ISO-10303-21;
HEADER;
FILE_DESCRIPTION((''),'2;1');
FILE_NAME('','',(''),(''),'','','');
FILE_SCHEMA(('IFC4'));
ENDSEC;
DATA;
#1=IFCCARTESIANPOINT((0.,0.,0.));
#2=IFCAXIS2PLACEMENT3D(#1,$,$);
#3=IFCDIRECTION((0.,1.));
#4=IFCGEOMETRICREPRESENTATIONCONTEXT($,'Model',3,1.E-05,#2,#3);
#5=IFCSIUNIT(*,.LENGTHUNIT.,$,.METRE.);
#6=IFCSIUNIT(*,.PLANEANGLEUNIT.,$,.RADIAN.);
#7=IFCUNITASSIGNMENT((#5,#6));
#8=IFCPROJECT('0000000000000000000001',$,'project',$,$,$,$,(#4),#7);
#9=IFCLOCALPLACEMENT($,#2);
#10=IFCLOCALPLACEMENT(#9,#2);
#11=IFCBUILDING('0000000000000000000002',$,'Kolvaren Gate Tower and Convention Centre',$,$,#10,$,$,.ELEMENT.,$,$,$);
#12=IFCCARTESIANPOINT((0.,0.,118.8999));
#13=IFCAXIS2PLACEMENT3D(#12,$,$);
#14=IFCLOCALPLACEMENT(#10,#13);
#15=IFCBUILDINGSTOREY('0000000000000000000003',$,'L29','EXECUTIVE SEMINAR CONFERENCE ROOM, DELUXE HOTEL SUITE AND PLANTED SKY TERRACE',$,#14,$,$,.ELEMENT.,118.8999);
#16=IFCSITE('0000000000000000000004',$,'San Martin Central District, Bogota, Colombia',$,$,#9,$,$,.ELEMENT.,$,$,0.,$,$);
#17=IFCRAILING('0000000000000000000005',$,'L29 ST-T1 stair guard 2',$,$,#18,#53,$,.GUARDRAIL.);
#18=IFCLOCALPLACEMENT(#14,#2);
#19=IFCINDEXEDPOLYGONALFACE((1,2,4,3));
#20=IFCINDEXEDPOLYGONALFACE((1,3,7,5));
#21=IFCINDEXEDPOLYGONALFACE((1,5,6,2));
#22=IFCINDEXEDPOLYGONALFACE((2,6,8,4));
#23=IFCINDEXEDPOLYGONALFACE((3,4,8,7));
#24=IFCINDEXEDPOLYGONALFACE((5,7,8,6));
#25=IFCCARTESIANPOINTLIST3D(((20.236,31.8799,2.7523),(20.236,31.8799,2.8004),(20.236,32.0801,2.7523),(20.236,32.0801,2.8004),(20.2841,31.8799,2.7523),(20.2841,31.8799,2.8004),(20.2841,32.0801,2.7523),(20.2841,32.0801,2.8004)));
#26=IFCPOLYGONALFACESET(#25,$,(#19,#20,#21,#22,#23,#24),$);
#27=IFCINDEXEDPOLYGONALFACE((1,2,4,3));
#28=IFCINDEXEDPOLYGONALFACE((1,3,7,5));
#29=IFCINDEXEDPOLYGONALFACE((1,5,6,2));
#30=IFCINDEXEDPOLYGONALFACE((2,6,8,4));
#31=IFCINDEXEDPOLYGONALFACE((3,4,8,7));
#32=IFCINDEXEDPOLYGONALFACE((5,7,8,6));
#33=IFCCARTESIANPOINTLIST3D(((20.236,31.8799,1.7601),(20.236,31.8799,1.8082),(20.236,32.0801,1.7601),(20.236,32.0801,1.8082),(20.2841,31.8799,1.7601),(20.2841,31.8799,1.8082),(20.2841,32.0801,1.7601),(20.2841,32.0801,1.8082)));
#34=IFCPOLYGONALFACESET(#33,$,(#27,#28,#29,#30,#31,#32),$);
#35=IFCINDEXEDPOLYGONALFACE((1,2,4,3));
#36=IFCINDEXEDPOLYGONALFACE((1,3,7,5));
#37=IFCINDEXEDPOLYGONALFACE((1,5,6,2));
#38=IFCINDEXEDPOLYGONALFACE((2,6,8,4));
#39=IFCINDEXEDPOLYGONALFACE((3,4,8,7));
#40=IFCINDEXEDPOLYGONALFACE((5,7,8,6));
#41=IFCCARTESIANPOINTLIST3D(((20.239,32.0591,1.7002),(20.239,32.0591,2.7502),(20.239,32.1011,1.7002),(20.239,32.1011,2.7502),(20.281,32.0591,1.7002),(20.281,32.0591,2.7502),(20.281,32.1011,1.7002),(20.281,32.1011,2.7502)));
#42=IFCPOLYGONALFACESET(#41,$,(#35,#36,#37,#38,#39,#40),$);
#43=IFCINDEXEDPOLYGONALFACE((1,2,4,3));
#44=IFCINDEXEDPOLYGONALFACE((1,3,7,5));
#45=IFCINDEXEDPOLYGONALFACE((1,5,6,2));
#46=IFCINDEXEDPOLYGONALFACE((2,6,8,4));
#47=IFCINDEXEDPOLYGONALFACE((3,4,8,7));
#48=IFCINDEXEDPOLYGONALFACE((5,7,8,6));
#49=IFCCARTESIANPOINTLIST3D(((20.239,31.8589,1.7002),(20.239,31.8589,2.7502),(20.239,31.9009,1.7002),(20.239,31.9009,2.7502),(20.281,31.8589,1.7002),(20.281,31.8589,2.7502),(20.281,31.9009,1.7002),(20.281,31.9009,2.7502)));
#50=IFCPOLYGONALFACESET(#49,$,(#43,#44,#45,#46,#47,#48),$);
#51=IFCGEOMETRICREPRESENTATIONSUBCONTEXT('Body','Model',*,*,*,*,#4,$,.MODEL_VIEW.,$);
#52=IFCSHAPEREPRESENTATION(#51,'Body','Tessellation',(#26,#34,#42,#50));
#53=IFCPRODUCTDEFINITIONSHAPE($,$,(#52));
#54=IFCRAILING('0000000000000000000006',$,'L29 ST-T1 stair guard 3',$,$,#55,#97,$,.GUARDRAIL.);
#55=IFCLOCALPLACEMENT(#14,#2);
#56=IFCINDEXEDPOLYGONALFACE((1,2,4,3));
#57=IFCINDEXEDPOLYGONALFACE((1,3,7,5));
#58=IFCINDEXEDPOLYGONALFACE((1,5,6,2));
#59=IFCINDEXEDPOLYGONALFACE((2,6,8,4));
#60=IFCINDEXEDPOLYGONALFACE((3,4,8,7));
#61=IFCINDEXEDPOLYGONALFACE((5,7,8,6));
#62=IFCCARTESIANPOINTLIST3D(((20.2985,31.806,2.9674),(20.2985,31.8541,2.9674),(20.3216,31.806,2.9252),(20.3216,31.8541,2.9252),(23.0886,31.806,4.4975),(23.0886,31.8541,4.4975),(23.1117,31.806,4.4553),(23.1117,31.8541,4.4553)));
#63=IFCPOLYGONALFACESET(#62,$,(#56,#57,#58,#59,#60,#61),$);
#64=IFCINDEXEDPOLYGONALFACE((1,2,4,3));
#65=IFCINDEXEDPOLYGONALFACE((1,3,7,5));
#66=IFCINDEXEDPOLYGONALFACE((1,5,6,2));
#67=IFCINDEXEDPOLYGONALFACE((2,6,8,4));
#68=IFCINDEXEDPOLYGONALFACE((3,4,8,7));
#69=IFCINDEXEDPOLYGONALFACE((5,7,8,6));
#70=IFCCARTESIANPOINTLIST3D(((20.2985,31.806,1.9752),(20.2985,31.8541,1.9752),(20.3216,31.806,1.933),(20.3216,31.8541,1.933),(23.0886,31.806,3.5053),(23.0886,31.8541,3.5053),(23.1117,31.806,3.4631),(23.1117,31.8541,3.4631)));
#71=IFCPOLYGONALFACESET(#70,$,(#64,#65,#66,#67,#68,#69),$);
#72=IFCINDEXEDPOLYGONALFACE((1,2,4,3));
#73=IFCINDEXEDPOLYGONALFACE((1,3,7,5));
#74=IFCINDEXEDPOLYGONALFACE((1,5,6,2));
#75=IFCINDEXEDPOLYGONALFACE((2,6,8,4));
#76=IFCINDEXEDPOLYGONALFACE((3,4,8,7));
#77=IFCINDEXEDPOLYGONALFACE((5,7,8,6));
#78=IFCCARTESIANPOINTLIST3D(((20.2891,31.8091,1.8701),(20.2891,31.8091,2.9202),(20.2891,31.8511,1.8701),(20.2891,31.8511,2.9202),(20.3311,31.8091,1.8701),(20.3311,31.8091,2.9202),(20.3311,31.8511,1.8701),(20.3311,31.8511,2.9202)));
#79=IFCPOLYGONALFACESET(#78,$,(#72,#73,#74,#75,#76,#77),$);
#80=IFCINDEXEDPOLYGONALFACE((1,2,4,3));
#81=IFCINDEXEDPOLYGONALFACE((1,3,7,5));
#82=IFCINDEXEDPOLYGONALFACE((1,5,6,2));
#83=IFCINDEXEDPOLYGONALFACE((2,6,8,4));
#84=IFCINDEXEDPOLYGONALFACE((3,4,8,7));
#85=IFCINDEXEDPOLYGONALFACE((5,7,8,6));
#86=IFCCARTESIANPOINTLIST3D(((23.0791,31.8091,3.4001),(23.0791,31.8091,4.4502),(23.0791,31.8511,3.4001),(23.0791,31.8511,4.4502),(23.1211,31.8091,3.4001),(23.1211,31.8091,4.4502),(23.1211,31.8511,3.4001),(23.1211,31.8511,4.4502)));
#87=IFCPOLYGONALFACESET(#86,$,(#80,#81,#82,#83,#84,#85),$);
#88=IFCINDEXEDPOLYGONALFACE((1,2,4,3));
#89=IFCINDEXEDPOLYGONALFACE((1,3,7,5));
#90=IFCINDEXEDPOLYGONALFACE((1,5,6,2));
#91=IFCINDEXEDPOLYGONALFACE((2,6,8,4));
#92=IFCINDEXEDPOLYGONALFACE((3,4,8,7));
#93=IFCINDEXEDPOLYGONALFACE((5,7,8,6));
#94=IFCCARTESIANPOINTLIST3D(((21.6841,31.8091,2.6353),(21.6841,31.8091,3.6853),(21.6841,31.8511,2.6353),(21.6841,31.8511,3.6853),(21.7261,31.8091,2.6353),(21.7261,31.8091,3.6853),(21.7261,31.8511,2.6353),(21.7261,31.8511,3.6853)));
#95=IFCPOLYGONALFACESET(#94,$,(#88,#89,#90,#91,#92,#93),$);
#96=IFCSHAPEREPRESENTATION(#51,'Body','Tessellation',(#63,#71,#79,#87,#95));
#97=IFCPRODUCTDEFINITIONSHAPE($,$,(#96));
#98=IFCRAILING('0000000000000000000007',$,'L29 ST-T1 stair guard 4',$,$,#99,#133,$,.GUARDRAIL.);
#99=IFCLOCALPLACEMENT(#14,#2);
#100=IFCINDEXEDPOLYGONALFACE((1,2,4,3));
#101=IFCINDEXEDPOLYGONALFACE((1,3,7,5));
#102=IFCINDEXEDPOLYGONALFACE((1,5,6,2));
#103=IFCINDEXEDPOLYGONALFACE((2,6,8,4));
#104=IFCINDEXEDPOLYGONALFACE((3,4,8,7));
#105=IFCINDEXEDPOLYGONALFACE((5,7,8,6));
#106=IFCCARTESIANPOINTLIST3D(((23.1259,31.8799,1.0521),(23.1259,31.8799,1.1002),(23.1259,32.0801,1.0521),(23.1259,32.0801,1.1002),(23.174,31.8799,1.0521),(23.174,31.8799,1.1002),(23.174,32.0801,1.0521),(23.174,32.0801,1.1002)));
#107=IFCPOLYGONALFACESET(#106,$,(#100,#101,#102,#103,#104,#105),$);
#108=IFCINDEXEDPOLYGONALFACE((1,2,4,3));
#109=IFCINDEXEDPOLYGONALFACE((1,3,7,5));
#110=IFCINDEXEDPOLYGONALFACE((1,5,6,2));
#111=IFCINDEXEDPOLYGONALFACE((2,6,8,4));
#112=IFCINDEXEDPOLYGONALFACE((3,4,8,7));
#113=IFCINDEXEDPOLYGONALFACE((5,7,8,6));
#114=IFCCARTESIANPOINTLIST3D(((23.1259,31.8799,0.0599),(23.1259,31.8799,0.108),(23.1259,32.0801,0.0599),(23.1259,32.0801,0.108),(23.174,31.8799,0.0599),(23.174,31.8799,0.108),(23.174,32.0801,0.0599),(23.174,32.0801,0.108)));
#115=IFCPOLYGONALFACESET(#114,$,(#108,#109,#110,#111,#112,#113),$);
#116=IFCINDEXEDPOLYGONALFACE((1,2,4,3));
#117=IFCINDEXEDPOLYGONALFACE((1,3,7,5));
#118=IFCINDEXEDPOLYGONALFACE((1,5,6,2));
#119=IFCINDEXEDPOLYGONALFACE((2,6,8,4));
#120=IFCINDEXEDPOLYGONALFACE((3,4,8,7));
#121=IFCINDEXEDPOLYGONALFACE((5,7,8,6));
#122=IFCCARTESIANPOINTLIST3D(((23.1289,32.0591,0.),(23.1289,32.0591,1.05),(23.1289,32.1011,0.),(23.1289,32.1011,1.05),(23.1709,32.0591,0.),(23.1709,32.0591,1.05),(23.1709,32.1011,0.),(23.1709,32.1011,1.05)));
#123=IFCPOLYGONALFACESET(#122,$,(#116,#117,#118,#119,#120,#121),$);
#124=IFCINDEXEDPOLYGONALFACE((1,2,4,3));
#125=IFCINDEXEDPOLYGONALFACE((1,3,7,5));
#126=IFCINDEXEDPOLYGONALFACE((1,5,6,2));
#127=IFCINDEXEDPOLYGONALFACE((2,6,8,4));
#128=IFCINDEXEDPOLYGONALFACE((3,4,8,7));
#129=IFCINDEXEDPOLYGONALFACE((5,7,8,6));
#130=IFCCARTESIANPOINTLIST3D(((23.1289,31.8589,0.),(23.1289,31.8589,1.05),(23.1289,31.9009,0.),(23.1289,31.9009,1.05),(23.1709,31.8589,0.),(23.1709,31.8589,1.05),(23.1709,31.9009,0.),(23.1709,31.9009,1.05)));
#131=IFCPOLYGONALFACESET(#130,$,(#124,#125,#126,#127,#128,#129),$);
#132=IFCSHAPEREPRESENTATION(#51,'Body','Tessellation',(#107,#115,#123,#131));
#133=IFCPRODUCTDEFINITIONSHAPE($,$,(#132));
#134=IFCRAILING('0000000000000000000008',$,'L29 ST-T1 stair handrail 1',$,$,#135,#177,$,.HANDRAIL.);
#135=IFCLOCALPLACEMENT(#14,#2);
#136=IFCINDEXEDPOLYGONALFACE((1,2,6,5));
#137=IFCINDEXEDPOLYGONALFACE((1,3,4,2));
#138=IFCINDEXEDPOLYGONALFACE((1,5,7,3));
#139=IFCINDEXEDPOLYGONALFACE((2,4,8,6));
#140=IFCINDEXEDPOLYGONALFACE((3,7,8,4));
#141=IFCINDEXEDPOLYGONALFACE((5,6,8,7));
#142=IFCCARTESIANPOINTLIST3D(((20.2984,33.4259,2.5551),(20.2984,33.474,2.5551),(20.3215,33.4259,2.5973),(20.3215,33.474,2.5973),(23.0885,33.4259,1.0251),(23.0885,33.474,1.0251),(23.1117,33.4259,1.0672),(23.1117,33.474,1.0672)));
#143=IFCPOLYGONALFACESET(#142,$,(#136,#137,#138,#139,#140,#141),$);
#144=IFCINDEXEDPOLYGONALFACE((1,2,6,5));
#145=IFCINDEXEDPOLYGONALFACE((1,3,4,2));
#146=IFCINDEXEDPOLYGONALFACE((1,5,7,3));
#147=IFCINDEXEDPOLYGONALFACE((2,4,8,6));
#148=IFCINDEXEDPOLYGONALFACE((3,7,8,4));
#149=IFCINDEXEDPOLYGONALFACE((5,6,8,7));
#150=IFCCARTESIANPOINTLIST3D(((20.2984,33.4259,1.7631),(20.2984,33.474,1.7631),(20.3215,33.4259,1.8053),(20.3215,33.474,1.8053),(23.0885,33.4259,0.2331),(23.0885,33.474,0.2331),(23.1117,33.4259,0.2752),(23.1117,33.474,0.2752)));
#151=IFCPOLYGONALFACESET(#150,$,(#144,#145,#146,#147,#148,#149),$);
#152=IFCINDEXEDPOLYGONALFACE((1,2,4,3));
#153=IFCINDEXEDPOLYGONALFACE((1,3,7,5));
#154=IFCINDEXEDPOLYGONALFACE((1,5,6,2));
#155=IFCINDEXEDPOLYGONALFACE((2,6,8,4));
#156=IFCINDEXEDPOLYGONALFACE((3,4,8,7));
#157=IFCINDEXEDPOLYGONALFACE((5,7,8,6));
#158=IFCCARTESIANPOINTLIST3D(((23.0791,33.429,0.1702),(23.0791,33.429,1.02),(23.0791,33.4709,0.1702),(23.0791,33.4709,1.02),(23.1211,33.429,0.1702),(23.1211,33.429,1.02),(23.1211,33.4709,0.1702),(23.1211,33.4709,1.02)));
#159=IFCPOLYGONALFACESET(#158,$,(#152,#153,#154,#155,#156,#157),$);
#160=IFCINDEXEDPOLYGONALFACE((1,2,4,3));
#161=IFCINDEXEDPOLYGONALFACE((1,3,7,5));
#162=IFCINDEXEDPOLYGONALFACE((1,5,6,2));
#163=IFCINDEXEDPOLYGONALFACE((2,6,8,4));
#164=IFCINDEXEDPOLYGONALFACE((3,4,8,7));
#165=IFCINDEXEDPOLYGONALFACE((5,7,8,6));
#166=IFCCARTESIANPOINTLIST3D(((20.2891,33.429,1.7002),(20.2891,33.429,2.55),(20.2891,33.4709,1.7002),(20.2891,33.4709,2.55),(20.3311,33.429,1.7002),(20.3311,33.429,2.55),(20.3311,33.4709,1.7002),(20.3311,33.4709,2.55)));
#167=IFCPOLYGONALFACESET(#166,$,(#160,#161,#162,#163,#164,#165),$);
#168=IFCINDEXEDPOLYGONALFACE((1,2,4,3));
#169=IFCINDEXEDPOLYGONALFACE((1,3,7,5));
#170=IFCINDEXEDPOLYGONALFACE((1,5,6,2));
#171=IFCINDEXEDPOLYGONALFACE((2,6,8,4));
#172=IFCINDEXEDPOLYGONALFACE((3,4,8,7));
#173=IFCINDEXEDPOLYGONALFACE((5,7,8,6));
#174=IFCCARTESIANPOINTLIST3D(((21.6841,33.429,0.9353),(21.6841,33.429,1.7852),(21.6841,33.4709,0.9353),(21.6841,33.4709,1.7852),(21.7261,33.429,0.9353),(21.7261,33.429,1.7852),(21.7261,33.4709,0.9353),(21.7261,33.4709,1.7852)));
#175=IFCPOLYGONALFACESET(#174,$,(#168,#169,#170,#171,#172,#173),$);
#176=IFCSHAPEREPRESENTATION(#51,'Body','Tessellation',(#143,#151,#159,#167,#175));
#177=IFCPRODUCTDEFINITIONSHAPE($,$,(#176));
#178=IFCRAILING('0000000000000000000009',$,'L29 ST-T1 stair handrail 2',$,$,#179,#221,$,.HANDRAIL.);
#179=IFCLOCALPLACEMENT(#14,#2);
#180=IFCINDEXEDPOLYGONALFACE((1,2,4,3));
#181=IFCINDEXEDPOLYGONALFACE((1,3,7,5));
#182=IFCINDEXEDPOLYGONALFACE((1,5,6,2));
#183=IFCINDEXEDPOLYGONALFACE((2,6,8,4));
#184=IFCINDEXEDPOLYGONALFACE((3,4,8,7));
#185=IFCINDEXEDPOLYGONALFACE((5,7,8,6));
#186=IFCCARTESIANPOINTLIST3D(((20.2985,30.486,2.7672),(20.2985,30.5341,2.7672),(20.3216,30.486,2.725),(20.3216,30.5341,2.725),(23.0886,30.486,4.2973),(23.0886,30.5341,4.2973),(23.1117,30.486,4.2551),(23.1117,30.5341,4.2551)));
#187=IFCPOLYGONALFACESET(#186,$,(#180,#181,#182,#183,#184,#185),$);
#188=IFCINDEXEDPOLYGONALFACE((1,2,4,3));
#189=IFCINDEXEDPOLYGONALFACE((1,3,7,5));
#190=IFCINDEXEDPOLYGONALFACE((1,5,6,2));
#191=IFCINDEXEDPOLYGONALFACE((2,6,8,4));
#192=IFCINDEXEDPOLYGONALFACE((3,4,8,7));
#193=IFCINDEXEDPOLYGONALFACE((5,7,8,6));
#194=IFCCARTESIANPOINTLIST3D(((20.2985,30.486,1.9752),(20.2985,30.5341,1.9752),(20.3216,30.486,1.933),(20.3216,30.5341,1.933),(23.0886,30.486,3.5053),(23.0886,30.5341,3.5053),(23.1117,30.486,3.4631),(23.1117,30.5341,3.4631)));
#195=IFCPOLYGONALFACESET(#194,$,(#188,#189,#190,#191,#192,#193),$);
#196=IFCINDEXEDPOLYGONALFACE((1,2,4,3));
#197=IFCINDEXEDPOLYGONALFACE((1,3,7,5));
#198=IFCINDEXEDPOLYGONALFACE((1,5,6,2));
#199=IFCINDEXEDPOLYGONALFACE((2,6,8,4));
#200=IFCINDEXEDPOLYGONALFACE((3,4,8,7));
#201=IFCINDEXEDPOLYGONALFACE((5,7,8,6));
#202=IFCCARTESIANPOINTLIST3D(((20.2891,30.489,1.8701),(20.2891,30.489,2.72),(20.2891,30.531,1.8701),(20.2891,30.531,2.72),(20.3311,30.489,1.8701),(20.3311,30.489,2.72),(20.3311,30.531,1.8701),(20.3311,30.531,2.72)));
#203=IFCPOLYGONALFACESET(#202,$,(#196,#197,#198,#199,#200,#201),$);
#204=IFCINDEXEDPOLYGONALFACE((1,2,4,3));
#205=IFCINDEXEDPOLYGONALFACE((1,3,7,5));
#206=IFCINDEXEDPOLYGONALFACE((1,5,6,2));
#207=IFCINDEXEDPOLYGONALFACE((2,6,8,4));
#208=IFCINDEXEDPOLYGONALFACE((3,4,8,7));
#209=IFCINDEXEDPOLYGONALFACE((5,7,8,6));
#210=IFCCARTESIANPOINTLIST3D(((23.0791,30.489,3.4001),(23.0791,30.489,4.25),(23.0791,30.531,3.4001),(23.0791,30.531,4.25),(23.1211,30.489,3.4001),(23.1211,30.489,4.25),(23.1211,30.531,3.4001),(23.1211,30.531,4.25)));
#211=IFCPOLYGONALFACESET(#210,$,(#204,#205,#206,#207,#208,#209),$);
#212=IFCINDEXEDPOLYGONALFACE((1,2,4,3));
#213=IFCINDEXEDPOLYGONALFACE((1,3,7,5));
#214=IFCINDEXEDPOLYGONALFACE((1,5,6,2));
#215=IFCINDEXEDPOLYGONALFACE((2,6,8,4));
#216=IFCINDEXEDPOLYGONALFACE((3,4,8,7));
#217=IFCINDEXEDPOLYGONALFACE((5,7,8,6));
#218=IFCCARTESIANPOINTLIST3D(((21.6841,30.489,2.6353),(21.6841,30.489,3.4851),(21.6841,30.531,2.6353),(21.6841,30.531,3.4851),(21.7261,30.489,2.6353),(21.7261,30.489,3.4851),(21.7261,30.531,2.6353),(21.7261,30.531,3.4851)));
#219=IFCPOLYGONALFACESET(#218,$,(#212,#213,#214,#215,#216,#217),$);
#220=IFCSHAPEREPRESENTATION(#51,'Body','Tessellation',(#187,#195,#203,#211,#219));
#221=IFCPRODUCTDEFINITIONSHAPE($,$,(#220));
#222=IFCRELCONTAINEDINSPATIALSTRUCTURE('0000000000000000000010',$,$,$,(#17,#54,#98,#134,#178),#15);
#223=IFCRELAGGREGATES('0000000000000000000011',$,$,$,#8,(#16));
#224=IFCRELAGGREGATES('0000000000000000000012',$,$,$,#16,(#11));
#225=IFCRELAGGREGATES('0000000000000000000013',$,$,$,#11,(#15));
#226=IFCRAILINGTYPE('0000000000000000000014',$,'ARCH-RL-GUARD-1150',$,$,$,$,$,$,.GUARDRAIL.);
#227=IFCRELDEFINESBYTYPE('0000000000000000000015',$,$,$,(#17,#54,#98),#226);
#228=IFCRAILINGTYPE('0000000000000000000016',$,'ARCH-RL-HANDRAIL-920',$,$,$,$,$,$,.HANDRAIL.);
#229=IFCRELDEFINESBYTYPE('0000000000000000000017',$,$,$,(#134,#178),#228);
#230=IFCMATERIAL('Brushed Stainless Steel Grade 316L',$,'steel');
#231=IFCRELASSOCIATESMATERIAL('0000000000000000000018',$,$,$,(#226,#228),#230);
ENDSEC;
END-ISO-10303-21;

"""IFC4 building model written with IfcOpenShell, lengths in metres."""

from ifc_helpers import new_model, si_unit, direction, frame, origin, origin_2d, place, context, subcontext, project, spatial, rectangle, extrude, material, type_object, element, save


model = new_model("IFC4")

# Units and contexts
model_context = context("Model", 3, precision=1e-05, world=origin(), true_north=direction((0.0, 1.0)))
body_context = subcontext(model_context, "Body", "Model", "MODEL_VIEW")
ifc_project = project(units=[si_unit("LENGTHUNIT", "METRE"), si_unit("PLANEANGLEUNIT", "RADIAN")], contexts=[model_context])

# Site, building, storey
site_placement = place(None, origin())
site = spatial("IfcSite", under=ifc_project, at=site_placement, Name="San Martin Central District, Bogota, Colombia", CompositionType="ELEMENT", RefElevation=0.0)
building_placement = place(site_placement, origin())
building = spatial("IfcBuilding", under=site, at=building_placement, Name="Kolvaren Gate Tower and Convention Centre", CompositionType="ELEMENT")
storey_placement = place(building_placement, frame((0.0, 0.0, 118.8999)))
storey = spatial("IfcBuildingStorey", under=building, at=storey_placement, Name="L29", Description="EXECUTIVE SEMINAR CONFERENCE ROOM, DELUXE HOTEL SUITE AND PLANTED SKY TERRACE", CompositionType="ELEMENT", Elevation=118.8999)

# Shared definitions
ifc_material_1 = material(Name="Brushed Stainless Steel Grade 316L", Category="steel")

# Railings
railing_type_1 = type_object("IfcRailingType", Name="ARCH-RL-GUARD-1150", PredefinedType="GUARDRAIL", material=ifc_material_1)
railing_1_placement = place(storey_placement, frame((20.26, 32.0801, 1.7002)))
element("IfcRailing", 1, at=railing_1_placement, inside=storey, type_object=railing_type_1, Name="L29 ST-T1 stair guard 2", PredefinedType="GUARDRAIL", context=body_context, shape_type="SweptSolid", body=[
    extrude(rectangle(XDim=0.0481, YDim=0.0481, at=origin_2d()), frame((0.0, 0.0, 1.0762), z_axis=(0.0, -1.0, 0.0), x_axis=(1.0, 0.0, 0.0)), (0.0, 0.0, 1.0), 0.2002),
    extrude(rectangle(XDim=0.0481, YDim=0.0481, at=origin_2d()), frame((0.0, 0.0, 0.084), z_axis=(0.0, -1.0, 0.0), x_axis=(1.0, 0.0, 0.0)), (0.0, 0.0, 1.0), 0.2002),
    extrude(rectangle(XDim=0.042, YDim=0.042, at=origin_2d()), origin(), (0.0, 0.0, 1.0), 1.05),
    extrude(rectangle(XDim=0.042, YDim=0.042, at=origin_2d()), frame((0.0, -0.2002, 0.0)), (0.0, 0.0, 1.0), 1.05),
])
railing_2_placement = place(storey_placement, frame((20.3101, 31.8301, 1.8701)))
element("IfcRailing", 2, at=railing_2_placement, inside=storey, type_object=railing_type_1, Name="L29 ST-T1 stair guard 3", PredefinedType="GUARDRAIL", context=body_context, shape_type="SweptSolid", body=[
    extrude(rectangle(XDim=0.0481, YDim=0.0481, at=origin_2d()), frame((0.0, 0.0, 1.0762), z_axis=(0.876811, 0.0, 0.480835), x_axis=(0.0, 1.0, 0.0)), (0.0, 0.0, 1.0), 3.1821),
    extrude(rectangle(XDim=0.0481, YDim=0.0481, at=origin_2d()), frame((0.0, 0.0, 0.084), z_axis=(0.876811, 0.0, 0.480835), x_axis=(0.0, 1.0, 0.0)), (0.0, 0.0, 1.0), 3.1821),
    extrude(rectangle(XDim=0.042, YDim=0.042, at=origin_2d()), origin(), (0.0, 0.0, 1.0), 1.05),
    extrude(rectangle(XDim=0.042, YDim=0.042, at=origin_2d()), frame((2.79, 0.0, 1.53)), (0.0, 0.0, 1.0), 1.05),
    extrude(rectangle(XDim=0.042, YDim=0.042, at=origin_2d()), frame((1.395, 0.0, 0.7651)), (0.0, 0.0, 1.0), 1.05),
])
railing_3_placement = place(storey_placement, frame((23.1499, 32.0801, 0.0)))
element("IfcRailing", 3, at=railing_3_placement, inside=storey, type_object=railing_type_1, Name="L29 ST-T1 stair guard 4", PredefinedType="GUARDRAIL", context=body_context, shape_type="SweptSolid", body=[
    extrude(rectangle(XDim=0.0481, YDim=0.0481, at=origin_2d()), frame((0.0, 0.0, 1.0762), z_axis=(0.0, -1.0, 0.0), x_axis=(1.0, 0.0, 0.0)), (0.0, 0.0, 1.0), 0.2002),
    extrude(rectangle(XDim=0.0481, YDim=0.0481, at=origin_2d()), frame((0.0, 0.0, 0.084), z_axis=(0.0, -1.0, 0.0), x_axis=(1.0, 0.0, 0.0)), (0.0, 0.0, 1.0), 0.2002),
    extrude(rectangle(XDim=0.042, YDim=0.042, at=origin_2d()), origin(), (0.0, 0.0, 1.0), 1.05),
    extrude(rectangle(XDim=0.042, YDim=0.042, at=origin_2d()), frame((0.0, -0.2002, 0.0)), (0.0, 0.0, 1.0), 1.05),
])
railing_type_2 = type_object("IfcRailingType", Name="ARCH-RL-HANDRAIL-920", PredefinedType="HANDRAIL", material=ifc_material_1)
railing_4_placement = place(storey_placement, frame((23.1001, 33.45, 0.1702)))
element("IfcRailing", 4, at=railing_4_placement, inside=storey, type_object=railing_type_2, Name="L29 ST-T1 stair handrail 1", PredefinedType="HANDRAIL", context=body_context, shape_type="SweptSolid", body=[
    extrude(rectangle(XDim=0.0481, YDim=0.0481, at=origin_2d()), frame((0.0, 0.0, 0.876), z_axis=(-0.876811, 0.0, 0.480835), x_axis=(0.0, -1.0, 0.0)), (0.0, 0.0, 1.0), 3.1821),
    extrude(rectangle(XDim=0.0481, YDim=0.0481, at=origin_2d()), frame((0.0, 0.0, 0.084), z_axis=(-0.876811, 0.0, 0.480835), x_axis=(0.0, -1.0, 0.0)), (0.0, 0.0, 1.0), 3.1821),
    extrude(rectangle(XDim=0.042, YDim=0.042, at=origin_2d()), origin(), (0.0, 0.0, 1.0), 0.8499),
    extrude(rectangle(XDim=0.042, YDim=0.042, at=origin_2d()), frame((-2.79, 0.0, 1.53)), (0.0, 0.0, 1.0), 0.8499),
    extrude(rectangle(XDim=0.042, YDim=0.042, at=origin_2d()), frame((-1.395, 0.0, 0.7651)), (0.0, 0.0, 1.0), 0.8499),
])
railing_5_placement = place(storey_placement, frame((20.3101, 30.51, 1.8701)))
element("IfcRailing", 5, at=railing_5_placement, inside=storey, type_object=railing_type_2, Name="L29 ST-T1 stair handrail 2", PredefinedType="HANDRAIL", context=body_context, shape_type="SweptSolid", body=[
    extrude(rectangle(XDim=0.0481, YDim=0.0481, at=origin_2d()), frame((0.0, 0.0, 0.876), z_axis=(0.876811, 0.0, 0.480835), x_axis=(0.0, 1.0, 0.0)), (0.0, 0.0, 1.0), 3.1821),
    extrude(rectangle(XDim=0.0481, YDim=0.0481, at=origin_2d()), frame((0.0, 0.0, 0.084), z_axis=(0.876811, 0.0, 0.480835), x_axis=(0.0, 1.0, 0.0)), (0.0, 0.0, 1.0), 3.1821),
    extrude(rectangle(XDim=0.042, YDim=0.042, at=origin_2d()), origin(), (0.0, 0.0, 1.0), 0.8499),
    extrude(rectangle(XDim=0.042, YDim=0.042, at=origin_2d()), frame((2.79, 0.0, 1.53)), (0.0, 0.0, 1.0), 0.8499),
    extrude(rectangle(XDim=0.042, YDim=0.042, at=origin_2d()), frame((1.395, 0.0, 0.7651)), (0.0, 0.0, 1.0), 0.8499),
])

save(model, "model.ifc")
